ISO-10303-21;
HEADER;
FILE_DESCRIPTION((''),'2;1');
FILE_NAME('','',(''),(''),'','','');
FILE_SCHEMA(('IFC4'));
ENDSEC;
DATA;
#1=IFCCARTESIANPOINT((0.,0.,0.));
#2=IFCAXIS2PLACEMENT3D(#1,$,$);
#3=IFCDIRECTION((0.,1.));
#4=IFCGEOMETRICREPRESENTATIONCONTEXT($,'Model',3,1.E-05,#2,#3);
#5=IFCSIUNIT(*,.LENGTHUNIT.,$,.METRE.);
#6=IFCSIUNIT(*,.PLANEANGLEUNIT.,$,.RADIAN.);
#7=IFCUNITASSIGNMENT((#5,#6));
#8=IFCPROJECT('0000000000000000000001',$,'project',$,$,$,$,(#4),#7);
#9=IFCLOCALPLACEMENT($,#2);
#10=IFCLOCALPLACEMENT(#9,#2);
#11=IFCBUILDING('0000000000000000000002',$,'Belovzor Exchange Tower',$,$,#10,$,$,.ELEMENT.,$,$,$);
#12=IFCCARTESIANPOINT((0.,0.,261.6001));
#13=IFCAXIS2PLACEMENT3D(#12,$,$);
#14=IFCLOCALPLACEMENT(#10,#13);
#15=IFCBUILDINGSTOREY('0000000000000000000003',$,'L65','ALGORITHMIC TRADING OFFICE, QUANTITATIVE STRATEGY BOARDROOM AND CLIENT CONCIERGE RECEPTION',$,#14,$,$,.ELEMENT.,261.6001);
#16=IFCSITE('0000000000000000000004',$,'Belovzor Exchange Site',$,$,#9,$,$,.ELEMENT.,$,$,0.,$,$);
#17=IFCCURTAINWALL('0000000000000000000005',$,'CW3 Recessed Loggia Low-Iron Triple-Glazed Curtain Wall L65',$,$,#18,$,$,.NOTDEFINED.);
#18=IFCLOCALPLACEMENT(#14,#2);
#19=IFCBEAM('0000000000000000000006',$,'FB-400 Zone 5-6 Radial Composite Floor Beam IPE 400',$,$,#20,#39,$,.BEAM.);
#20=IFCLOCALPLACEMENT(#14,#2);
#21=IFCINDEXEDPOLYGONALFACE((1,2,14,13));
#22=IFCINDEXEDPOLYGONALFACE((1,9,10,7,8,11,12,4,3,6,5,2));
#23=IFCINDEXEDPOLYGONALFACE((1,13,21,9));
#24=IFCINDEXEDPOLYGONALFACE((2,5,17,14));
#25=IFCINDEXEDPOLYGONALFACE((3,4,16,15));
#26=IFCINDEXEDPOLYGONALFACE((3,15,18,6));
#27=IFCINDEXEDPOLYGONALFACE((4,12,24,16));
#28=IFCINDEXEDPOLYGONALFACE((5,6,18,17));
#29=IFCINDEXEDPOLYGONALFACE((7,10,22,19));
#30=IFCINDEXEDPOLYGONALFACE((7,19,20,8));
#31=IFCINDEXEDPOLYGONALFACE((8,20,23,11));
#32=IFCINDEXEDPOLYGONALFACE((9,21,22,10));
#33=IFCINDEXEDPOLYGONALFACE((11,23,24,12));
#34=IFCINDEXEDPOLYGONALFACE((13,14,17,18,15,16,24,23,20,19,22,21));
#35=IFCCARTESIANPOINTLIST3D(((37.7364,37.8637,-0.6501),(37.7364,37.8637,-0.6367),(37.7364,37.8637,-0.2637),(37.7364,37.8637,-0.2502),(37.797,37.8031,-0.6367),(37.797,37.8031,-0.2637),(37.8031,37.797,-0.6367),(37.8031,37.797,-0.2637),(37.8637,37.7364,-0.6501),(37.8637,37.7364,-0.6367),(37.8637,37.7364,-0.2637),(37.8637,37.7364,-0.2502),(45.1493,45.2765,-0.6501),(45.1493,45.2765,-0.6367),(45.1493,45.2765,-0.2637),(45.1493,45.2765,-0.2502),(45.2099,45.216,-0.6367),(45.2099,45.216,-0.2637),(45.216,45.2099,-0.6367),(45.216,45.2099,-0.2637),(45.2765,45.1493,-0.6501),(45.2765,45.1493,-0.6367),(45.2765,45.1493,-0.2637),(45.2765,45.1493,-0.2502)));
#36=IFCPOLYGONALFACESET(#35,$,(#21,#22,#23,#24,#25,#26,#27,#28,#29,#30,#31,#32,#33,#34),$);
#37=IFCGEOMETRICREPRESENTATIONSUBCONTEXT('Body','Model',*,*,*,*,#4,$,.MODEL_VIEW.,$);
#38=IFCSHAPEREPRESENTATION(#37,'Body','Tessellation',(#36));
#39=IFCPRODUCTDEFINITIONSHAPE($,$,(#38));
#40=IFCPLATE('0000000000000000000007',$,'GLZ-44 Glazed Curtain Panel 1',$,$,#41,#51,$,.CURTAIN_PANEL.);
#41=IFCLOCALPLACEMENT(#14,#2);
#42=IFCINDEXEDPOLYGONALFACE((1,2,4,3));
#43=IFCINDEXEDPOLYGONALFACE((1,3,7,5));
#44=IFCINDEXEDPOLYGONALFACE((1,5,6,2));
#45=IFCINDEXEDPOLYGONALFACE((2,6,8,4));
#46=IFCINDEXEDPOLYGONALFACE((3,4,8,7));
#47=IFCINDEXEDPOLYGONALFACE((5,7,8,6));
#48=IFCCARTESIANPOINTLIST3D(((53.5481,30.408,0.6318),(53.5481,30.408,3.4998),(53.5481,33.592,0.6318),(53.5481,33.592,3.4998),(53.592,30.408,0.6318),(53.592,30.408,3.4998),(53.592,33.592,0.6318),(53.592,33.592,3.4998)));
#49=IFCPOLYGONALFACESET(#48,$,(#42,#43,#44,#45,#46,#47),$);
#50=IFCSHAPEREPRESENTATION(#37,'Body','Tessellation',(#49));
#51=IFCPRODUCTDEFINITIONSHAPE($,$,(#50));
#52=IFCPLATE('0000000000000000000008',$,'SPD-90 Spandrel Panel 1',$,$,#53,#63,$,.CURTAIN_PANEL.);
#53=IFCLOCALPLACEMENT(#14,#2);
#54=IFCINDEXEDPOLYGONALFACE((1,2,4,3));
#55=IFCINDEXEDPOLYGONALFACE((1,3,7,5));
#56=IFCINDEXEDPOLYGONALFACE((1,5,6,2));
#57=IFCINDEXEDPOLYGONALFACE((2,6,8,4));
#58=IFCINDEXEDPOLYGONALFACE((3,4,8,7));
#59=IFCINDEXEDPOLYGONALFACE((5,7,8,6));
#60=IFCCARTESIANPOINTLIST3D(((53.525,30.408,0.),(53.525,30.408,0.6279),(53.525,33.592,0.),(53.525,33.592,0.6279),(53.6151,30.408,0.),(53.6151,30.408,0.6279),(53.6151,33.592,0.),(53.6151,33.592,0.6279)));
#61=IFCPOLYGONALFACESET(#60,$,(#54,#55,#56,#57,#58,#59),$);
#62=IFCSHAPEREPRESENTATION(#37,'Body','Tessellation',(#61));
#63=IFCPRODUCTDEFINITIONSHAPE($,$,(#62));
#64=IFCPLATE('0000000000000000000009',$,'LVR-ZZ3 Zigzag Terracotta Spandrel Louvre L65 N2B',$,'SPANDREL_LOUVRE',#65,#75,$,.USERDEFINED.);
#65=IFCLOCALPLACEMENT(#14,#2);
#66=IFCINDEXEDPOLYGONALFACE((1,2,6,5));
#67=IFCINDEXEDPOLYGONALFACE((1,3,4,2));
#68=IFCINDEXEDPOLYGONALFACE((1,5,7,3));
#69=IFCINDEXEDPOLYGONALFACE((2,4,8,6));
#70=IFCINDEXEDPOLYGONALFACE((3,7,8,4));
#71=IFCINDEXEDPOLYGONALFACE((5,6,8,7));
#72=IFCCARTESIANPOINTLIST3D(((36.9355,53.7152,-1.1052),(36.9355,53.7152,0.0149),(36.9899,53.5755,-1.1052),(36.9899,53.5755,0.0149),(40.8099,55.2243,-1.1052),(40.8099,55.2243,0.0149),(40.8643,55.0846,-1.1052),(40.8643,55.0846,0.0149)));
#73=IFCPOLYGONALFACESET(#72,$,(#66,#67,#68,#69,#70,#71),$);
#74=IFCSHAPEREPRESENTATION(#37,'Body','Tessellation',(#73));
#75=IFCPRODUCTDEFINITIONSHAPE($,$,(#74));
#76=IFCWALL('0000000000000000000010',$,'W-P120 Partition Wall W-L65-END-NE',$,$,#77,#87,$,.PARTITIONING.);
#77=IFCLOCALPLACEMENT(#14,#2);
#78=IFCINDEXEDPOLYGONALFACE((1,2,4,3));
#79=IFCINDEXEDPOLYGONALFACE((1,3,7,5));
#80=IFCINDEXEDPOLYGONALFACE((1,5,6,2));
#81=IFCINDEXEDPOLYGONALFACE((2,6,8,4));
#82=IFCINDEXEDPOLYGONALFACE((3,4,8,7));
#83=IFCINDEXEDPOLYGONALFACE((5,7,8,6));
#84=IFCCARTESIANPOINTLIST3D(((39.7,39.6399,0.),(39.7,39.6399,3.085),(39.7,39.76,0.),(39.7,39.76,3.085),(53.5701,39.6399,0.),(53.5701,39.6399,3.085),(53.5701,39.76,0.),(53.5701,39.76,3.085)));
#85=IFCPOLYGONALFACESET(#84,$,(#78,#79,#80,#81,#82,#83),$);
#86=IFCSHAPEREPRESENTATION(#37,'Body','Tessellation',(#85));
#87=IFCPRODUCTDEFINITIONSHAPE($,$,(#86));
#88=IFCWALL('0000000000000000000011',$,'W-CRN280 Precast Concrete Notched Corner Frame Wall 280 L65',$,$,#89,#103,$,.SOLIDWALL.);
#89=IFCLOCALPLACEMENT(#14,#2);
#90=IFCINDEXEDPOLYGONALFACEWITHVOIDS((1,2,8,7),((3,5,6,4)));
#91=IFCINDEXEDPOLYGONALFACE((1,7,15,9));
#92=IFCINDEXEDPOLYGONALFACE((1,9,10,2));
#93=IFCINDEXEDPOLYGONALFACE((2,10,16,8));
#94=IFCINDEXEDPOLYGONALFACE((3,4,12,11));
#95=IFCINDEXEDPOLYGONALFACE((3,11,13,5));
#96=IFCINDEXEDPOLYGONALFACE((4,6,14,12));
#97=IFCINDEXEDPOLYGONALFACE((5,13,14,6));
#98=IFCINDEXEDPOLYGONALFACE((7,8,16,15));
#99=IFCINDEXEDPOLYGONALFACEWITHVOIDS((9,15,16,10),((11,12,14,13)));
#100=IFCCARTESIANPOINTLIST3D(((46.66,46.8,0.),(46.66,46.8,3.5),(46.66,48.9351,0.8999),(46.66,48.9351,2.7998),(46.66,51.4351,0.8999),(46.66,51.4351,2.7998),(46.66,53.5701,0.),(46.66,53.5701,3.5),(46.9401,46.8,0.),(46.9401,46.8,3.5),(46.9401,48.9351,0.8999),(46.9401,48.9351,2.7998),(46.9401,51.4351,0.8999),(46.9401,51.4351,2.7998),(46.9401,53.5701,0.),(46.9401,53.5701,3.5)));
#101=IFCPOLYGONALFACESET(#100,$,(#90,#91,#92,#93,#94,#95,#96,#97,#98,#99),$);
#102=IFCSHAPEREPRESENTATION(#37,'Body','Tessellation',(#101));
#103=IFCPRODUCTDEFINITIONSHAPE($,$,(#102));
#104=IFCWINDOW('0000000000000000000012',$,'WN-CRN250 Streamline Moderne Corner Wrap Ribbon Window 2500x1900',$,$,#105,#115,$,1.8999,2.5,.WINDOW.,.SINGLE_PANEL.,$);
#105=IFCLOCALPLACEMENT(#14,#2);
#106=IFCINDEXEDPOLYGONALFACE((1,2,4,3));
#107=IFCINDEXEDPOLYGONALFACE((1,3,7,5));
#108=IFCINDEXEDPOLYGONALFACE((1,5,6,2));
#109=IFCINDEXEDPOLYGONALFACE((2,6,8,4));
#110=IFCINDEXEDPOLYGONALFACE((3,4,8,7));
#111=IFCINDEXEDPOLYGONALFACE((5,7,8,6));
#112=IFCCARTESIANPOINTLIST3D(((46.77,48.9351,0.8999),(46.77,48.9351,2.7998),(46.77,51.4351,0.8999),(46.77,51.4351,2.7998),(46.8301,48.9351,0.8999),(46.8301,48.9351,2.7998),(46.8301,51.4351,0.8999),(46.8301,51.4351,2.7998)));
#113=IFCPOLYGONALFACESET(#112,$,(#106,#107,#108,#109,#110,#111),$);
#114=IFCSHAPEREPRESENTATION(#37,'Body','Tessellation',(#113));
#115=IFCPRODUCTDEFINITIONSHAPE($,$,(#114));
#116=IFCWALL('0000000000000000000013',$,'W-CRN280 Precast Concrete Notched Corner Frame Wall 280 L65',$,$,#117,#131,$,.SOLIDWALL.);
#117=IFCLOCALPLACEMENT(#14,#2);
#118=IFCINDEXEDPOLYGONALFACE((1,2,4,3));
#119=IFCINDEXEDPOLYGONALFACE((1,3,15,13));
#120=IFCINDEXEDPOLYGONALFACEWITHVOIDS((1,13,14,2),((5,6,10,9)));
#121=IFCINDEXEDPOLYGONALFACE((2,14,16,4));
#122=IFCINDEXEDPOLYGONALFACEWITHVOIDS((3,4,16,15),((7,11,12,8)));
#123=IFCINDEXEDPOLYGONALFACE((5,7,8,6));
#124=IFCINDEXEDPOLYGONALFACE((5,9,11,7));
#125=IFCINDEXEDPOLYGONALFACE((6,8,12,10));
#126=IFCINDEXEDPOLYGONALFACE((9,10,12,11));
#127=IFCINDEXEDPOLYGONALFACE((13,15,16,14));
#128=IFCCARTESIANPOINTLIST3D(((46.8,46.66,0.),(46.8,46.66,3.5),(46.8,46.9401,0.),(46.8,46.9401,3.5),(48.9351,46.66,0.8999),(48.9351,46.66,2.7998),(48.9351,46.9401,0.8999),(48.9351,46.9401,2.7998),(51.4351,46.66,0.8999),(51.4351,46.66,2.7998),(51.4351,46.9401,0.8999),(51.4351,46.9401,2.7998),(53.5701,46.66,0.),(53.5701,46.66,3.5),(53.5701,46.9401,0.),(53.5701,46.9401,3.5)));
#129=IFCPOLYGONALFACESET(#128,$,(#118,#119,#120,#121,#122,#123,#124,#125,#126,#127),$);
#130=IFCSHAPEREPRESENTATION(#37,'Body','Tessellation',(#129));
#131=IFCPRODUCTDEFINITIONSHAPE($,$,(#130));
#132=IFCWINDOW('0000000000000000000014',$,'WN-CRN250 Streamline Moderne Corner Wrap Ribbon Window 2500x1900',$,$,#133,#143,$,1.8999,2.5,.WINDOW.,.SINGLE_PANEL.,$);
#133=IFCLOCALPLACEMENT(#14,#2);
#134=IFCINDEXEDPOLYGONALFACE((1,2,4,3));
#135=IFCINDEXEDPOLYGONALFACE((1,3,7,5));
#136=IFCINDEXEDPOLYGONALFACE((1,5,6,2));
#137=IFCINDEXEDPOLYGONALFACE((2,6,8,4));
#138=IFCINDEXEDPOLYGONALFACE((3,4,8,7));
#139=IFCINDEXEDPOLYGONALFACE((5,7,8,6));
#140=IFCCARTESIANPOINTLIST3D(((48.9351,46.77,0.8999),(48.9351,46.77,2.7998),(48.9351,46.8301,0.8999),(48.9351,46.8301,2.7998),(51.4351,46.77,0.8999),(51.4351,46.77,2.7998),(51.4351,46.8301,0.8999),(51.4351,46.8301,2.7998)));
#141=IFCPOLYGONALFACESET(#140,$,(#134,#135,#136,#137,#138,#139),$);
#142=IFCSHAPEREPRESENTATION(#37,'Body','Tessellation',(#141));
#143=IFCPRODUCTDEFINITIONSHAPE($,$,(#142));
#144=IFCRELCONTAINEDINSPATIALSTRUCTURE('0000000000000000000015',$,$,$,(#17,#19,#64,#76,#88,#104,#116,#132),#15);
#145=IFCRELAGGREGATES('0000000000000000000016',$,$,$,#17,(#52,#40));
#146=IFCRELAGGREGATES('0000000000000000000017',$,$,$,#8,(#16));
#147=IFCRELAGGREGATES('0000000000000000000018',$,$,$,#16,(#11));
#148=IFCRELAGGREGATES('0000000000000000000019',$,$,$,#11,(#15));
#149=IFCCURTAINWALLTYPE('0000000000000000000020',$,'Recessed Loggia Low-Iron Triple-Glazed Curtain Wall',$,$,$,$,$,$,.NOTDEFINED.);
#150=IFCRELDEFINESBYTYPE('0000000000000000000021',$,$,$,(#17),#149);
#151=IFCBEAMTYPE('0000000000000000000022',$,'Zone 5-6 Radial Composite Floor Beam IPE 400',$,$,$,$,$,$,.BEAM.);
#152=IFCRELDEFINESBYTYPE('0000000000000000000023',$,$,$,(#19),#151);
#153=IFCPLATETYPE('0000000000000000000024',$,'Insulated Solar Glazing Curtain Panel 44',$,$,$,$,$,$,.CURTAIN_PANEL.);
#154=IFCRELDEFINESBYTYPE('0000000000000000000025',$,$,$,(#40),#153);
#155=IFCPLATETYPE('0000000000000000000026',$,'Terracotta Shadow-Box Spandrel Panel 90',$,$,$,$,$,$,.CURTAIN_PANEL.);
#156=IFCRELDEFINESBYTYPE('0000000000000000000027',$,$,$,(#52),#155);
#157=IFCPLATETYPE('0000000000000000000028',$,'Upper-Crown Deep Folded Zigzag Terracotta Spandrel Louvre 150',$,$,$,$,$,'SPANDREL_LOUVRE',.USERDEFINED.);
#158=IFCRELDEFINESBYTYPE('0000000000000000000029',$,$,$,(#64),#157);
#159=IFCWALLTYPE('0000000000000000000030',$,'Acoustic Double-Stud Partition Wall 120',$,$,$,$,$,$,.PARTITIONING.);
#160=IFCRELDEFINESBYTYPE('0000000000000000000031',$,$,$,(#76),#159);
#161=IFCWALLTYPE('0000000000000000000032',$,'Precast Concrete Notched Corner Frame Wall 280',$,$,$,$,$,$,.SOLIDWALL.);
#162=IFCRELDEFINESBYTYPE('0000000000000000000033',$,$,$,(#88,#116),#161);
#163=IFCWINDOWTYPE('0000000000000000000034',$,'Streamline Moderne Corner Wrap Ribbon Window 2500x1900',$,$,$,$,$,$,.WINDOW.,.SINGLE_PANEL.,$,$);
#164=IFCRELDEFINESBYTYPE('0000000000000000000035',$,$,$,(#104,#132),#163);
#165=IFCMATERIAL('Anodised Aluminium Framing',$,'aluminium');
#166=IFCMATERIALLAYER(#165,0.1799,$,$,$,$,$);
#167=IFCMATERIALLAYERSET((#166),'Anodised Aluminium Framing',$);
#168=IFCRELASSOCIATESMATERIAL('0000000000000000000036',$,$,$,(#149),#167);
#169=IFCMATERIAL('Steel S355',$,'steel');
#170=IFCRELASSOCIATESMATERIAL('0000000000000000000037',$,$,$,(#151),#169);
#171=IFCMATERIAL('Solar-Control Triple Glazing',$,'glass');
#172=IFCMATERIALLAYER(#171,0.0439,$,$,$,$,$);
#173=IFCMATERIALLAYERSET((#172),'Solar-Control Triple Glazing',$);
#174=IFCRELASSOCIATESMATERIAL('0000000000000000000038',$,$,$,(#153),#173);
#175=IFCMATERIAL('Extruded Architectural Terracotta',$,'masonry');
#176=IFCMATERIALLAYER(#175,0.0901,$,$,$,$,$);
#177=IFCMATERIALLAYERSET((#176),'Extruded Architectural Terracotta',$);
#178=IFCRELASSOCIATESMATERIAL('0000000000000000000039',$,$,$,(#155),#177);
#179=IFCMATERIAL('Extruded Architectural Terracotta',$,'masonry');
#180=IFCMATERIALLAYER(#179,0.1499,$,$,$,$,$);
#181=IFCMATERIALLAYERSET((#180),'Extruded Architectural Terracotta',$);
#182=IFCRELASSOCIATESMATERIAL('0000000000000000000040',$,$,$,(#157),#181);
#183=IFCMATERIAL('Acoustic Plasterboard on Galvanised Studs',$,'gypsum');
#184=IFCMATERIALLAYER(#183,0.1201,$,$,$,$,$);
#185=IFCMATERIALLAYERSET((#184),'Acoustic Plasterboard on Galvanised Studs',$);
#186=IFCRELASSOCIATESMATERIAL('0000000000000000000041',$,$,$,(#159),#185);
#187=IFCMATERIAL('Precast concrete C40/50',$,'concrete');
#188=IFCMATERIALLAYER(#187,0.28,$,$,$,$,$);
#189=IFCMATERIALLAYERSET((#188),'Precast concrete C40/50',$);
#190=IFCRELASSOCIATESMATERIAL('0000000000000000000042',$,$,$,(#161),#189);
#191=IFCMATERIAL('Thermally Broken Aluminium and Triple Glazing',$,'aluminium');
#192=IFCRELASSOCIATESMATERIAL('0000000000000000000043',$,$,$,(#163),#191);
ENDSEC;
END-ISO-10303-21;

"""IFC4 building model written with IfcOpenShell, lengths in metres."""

from ifc_helpers import new_model, si_unit, direction, frame, frame_2d, origin, origin_2d, place, context, subcontext, project, spatial, rectangle, i_section, extrude, material, layer, layer_set, material_profile, profile_set, type_object, element, fill, aggregate, save


model = new_model("IFC4")

# Units and contexts
model_context = context("Model", 3, precision=1e-05, world=origin(), true_north=direction((0.0, 1.0)))
body_context = subcontext(model_context, "Body", "Model", "MODEL_VIEW")
ifc_project = project(units=[si_unit("LENGTHUNIT", "METRE"), si_unit("PLANEANGLEUNIT", "RADIAN")], contexts=[model_context])

# Site, building, storey
site_placement = place(None, origin())
site = spatial("IfcSite", under=ifc_project, at=site_placement, Name="Belovzor Exchange Site", CompositionType="ELEMENT", RefElevation=0.0)
building_placement = place(site_placement, origin())
building = spatial("IfcBuilding", under=site, at=building_placement, Name="Belovzor Exchange Tower", CompositionType="ELEMENT")
storey_placement = place(building_placement, frame((0.0, 0.0, 261.6001)))
storey = spatial("IfcBuildingStorey", under=building, at=storey_placement, Name="L65", Description="ALGORITHMIC TRADING OFFICE, QUANTITATIVE STRATEGY BOARDROOM AND CLIENT CONCIERGE RECEPTION", CompositionType="ELEMENT", Elevation=261.6001)

# Curtain wall
ifc_material_1 = material(Name="Anodised Aluminium Framing", Category="aluminium")
ifc_layer_1 = layer(ifc_material_1, 0.1799)
ifc_layer_set_1 = layer_set([ifc_layer_1], Name="Anodised Aluminium Framing")
curtain_wall_type = type_object("IfcCurtainWallType", Name="Recessed Loggia Low-Iron Triple-Glazed Curtain Wall", PredefinedType="NOTDEFINED", material=ifc_layer_set_1)
curtain_wall_placement = place(storey_placement, origin())
curtain_wall = element("IfcCurtainWall", 1, at=curtain_wall_placement, inside=storey, type_object=curtain_wall_type, Name="CW3 Recessed Loggia Low-Iron Triple-Glazed Curtain Wall L65", PredefinedType="NOTDEFINED")

# Beam
ifc_material_2 = material(Name="Steel S355", Category="steel")
ifc_material_profile_1 = material_profile(ifc_material_2, i_section(OverallWidth=0.1799, OverallDepth=0.3999, WebThickness=0.0085, FlangeThickness=0.0134, at=origin_2d()))
ifc_profile_set_1 = profile_set([ifc_material_profile_1], Name="Steel S355")
beam_type_1 = type_object("IfcBeamType", Name="Zone 5-6 Radial Composite Floor Beam IPE 400", PredefinedType="BEAM", material=ifc_profile_set_1)
beam_1_placement = place(storey_placement, frame((37.8, 37.8, -0.4502), z_axis=(0.707107, 0.707107, 0.0), x_axis=(-0.707107, 0.707107, 0.0)))
element("IfcBeam", 2, at=beam_1_placement, inside=storey, type_object=beam_type_1, Name="FB-400 Zone 5-6 Radial Composite Floor Beam IPE 400", PredefinedType="BEAM", context=body_context, shape_type="SweptSolid", body=[
    extrude(i_section(OverallWidth=0.1799, OverallDepth=0.3999, WebThickness=0.0085, FlangeThickness=0.0134, at=origin_2d()), origin(), (0.0, 0.0, 1.0), 10.4834),
])

# Plates
ifc_material_3 = material(Name="Solar-Control Triple Glazing", Category="glass")
ifc_layer_2 = layer(ifc_material_3, 0.0439)
ifc_layer_set_2 = layer_set([ifc_layer_2], Name="Solar-Control Triple Glazing")
plate_type_1 = type_object("IfcPlateType", Name="Insulated Solar Glazing Curtain Panel 44", PredefinedType="CURTAIN_PANEL", material=ifc_layer_set_2)
plate_1_placement = place(storey_placement, frame((53.5701, 32.0, 0.6318), z_axis=(0.0, 0.0, 1.0), x_axis=(0.0, -1.0, 0.0)))
plate_1 = element("IfcPlate", 3, at=plate_1_placement, type_object=plate_type_1, Name="GLZ-44 Glazed Curtain Panel 1", PredefinedType="CURTAIN_PANEL", context=body_context, shape_type="SweptSolid", body=[
    extrude(rectangle(XDim=3.1841, YDim=0.0439, at=origin_2d()), origin(), (0.0, 0.0, 1.0), 2.8679),
])
ifc_material_4 = material(Name="Extruded Architectural Terracotta", Category="masonry")
ifc_layer_3 = layer(ifc_material_4, 0.0901)
ifc_layer_set_3 = layer_set([ifc_layer_3], Name="Extruded Architectural Terracotta")
plate_type_2 = type_object("IfcPlateType", Name="Terracotta Shadow-Box Spandrel Panel 90", PredefinedType="CURTAIN_PANEL", material=ifc_layer_set_3)
plate_2_placement = place(storey_placement, frame((53.5701, 32.0, 0.0), z_axis=(0.0, 0.0, 1.0), x_axis=(0.0, -1.0, 0.0)))
plate_2 = element("IfcPlate", 4, at=plate_2_placement, type_object=plate_type_2, Name="SPD-90 Spandrel Panel 1", PredefinedType="CURTAIN_PANEL", context=body_context, shape_type="SweptSolid", body=[
    extrude(rectangle(XDim=3.1841, YDim=0.0901, at=origin_2d()), origin(), (0.0, 0.0, 1.0), 0.6279),
])
aggregate(curtain_wall, [plate_2, plate_1])
ifc_material_5 = material(Name="Extruded Architectural Terracotta", Category="masonry")
ifc_layer_4 = layer(ifc_material_5, 0.1499)
ifc_layer_set_4 = layer_set([ifc_layer_4], Name="Extruded Architectural Terracotta")
plate_type_3 = type_object("IfcPlateType", Name="Upper-Crown Deep Folded Zigzag Terracotta Spandrel Louvre 150", ElementType="SPANDREL_LOUVRE", PredefinedType="USERDEFINED", material=ifc_layer_set_4)
plate_3_placement = place(storey_placement, frame((38.8999, 54.3999, -1.1052), z_axis=(0.0, 0.0, 1.0), x_axis=(0.931818, 0.362926, 0.0)))
element("IfcPlate", 5, at=plate_3_placement, inside=storey, type_object=plate_type_3, Name="LVR-ZZ3 Zigzag Terracotta Spandrel Louvre L65 N2B", ObjectType="SPANDREL_LOUVRE", PredefinedType="USERDEFINED", context=body_context, shape_type="SweptSolid", body=[
    extrude(rectangle(XDim=4.158, YDim=0.1499, at=origin_2d()), origin(), (0.0, 0.0, 1.0), 1.1201),
])

# Wall
ifc_material_6 = material(Name="Acoustic Plasterboard on Galvanised Studs", Category="gypsum")
ifc_layer_5 = layer(ifc_material_6, 0.1201)
ifc_layer_set_5 = layer_set([ifc_layer_5], Name="Acoustic Plasterboard on Galvanised Studs")
wall_type_1 = type_object("IfcWallType", Name="Acoustic Double-Stud Partition Wall 120", PredefinedType="PARTITIONING", material=ifc_layer_set_5)
wall_1_placement = place(storey_placement, frame((39.7, 39.7, 0.0), z_axis=(0.0, 0.0, 1.0), x_axis=(1.0, 0.0, 0.0)))
element("IfcWall", 6, at=wall_1_placement, inside=storey, type_object=wall_type_1, Name="W-P120 Partition Wall W-L65-END-NE", PredefinedType="PARTITIONING", context=body_context, shape_type="SweptSolid", body=[
    extrude(rectangle(XDim=13.8701, YDim=0.1201, at=frame_2d((6.9351, 0.0))), origin(), (0.0, 0.0, 1.0), 3.085),
])

# Walls, openings, windows
ifc_material_7 = material(Name="Precast concrete C40/50", Category="concrete")
ifc_layer_6 = layer(ifc_material_7, 0.28)
ifc_layer_set_6 = layer_set([ifc_layer_6], Name="Precast concrete C40/50")
wall_type_2 = type_object("IfcWallType", Name="Precast Concrete Notched Corner Frame Wall 280", PredefinedType="SOLIDWALL", material=ifc_layer_set_6)
wall_2_placement = place(storey_placement, frame((46.8, 53.5701, 0.0), z_axis=(0.0, 0.0, 1.0), x_axis=(0.0, -1.0, 0.0)))
wall_2 = element("IfcWall", 7, at=wall_2_placement, inside=storey, type_object=wall_type_2, Name="W-CRN280 Precast Concrete Notched Corner Frame Wall 280 L65", PredefinedType="SOLIDWALL", context=body_context, shape_type="SweptSolid", body=[
    extrude(rectangle(XDim=6.77, YDim=0.28, at=frame_2d((3.385, 0.0))), origin(), (0.0, 0.0, 1.0), 3.5),
])
opening_1_placement = place(wall_2_placement, frame((2.135, 0.0, 0.8999)))
opening_1 = element("IfcOpeningElement", 8, at=opening_1_placement, cuts=wall_2, PredefinedType="OPENING", context=body_context, shape_type="SweptSolid", body=[
    extrude(rectangle(XDim=2.5, YDim=1.8999, at=frame_2d((1.25, 0.95))), frame((0.0, 0.1499, 0.0), z_axis=(0.0, -1.0, 0.0), x_axis=(1.0, 0.0, 0.0)), (0.0, 0.0, 1.0), 0.3),
])
ifc_material_8 = material(Name="Thermally Broken Aluminium and Triple Glazing", Category="aluminium")
window_type = type_object("IfcWindowType", Name="Streamline Moderne Corner Wrap Ribbon Window 2500x1900", PartitioningType="SINGLE_PANEL", PredefinedType="WINDOW", material=ifc_material_8)
window_1_placement = place(opening_1_placement, origin())
window_1 = element("IfcWindow", 9, at=window_1_placement, inside=storey, type_object=window_type, Name="WN-CRN250 Streamline Moderne Corner Wrap Ribbon Window 2500x1900", OverallHeight=1.8999, OverallWidth=2.5, PartitioningType="SINGLE_PANEL", PredefinedType="WINDOW", context=body_context, shape_type="SweptSolid", body=[
    extrude(rectangle(XDim=2.5, YDim=1.8999, at=frame_2d((1.25, 0.95))), frame((0.0, 0.03, 0.0), z_axis=(0.0, -1.0, 0.0), x_axis=(1.0, 0.0, 0.0)), (0.0, 0.0, 1.0), 0.0601),
])
fill(opening_1, window_1)
wall_3_placement = place(storey_placement, frame((46.8, 46.8, 0.0), z_axis=(0.0, 0.0, 1.0), x_axis=(1.0, 0.0, 0.0)))
wall_3 = element("IfcWall", 10, at=wall_3_placement, inside=storey, type_object=wall_type_2, Name="W-CRN280 Precast Concrete Notched Corner Frame Wall 280 L65", PredefinedType="SOLIDWALL", context=body_context, shape_type="SweptSolid", body=[
    extrude(rectangle(XDim=6.77, YDim=0.28, at=frame_2d((3.385, 0.0))), origin(), (0.0, 0.0, 1.0), 3.5),
])
opening_2_placement = place(wall_3_placement, frame((2.135, 0.0, 0.8999)))
opening_2 = element("IfcOpeningElement", 11, at=opening_2_placement, cuts=wall_3, PredefinedType="OPENING", context=body_context, shape_type="SweptSolid", body=[
    extrude(rectangle(XDim=2.5, YDim=1.8999, at=frame_2d((1.25, 0.95))), frame((0.0, 0.1499, 0.0), z_axis=(0.0, -1.0, 0.0), x_axis=(1.0, 0.0, 0.0)), (0.0, 0.0, 1.0), 0.3),
])
window_2_placement = place(opening_2_placement, origin())
window_2 = element("IfcWindow", 12, at=window_2_placement, inside=storey, type_object=window_type, Name="WN-CRN250 Streamline Moderne Corner Wrap Ribbon Window 2500x1900", OverallHeight=1.8999, OverallWidth=2.5, PartitioningType="SINGLE_PANEL", PredefinedType="WINDOW", context=body_context, shape_type="SweptSolid", body=[
    extrude(rectangle(XDim=2.5, YDim=1.8999, at=frame_2d((1.25, 0.95))), frame((0.0, 0.03, 0.0), z_axis=(0.0, -1.0, 0.0), x_axis=(1.0, 0.0, 0.0)), (0.0, 0.0, 1.0), 0.0601),
])
fill(opening_2, window_2)

save(model, "model.ifc")
